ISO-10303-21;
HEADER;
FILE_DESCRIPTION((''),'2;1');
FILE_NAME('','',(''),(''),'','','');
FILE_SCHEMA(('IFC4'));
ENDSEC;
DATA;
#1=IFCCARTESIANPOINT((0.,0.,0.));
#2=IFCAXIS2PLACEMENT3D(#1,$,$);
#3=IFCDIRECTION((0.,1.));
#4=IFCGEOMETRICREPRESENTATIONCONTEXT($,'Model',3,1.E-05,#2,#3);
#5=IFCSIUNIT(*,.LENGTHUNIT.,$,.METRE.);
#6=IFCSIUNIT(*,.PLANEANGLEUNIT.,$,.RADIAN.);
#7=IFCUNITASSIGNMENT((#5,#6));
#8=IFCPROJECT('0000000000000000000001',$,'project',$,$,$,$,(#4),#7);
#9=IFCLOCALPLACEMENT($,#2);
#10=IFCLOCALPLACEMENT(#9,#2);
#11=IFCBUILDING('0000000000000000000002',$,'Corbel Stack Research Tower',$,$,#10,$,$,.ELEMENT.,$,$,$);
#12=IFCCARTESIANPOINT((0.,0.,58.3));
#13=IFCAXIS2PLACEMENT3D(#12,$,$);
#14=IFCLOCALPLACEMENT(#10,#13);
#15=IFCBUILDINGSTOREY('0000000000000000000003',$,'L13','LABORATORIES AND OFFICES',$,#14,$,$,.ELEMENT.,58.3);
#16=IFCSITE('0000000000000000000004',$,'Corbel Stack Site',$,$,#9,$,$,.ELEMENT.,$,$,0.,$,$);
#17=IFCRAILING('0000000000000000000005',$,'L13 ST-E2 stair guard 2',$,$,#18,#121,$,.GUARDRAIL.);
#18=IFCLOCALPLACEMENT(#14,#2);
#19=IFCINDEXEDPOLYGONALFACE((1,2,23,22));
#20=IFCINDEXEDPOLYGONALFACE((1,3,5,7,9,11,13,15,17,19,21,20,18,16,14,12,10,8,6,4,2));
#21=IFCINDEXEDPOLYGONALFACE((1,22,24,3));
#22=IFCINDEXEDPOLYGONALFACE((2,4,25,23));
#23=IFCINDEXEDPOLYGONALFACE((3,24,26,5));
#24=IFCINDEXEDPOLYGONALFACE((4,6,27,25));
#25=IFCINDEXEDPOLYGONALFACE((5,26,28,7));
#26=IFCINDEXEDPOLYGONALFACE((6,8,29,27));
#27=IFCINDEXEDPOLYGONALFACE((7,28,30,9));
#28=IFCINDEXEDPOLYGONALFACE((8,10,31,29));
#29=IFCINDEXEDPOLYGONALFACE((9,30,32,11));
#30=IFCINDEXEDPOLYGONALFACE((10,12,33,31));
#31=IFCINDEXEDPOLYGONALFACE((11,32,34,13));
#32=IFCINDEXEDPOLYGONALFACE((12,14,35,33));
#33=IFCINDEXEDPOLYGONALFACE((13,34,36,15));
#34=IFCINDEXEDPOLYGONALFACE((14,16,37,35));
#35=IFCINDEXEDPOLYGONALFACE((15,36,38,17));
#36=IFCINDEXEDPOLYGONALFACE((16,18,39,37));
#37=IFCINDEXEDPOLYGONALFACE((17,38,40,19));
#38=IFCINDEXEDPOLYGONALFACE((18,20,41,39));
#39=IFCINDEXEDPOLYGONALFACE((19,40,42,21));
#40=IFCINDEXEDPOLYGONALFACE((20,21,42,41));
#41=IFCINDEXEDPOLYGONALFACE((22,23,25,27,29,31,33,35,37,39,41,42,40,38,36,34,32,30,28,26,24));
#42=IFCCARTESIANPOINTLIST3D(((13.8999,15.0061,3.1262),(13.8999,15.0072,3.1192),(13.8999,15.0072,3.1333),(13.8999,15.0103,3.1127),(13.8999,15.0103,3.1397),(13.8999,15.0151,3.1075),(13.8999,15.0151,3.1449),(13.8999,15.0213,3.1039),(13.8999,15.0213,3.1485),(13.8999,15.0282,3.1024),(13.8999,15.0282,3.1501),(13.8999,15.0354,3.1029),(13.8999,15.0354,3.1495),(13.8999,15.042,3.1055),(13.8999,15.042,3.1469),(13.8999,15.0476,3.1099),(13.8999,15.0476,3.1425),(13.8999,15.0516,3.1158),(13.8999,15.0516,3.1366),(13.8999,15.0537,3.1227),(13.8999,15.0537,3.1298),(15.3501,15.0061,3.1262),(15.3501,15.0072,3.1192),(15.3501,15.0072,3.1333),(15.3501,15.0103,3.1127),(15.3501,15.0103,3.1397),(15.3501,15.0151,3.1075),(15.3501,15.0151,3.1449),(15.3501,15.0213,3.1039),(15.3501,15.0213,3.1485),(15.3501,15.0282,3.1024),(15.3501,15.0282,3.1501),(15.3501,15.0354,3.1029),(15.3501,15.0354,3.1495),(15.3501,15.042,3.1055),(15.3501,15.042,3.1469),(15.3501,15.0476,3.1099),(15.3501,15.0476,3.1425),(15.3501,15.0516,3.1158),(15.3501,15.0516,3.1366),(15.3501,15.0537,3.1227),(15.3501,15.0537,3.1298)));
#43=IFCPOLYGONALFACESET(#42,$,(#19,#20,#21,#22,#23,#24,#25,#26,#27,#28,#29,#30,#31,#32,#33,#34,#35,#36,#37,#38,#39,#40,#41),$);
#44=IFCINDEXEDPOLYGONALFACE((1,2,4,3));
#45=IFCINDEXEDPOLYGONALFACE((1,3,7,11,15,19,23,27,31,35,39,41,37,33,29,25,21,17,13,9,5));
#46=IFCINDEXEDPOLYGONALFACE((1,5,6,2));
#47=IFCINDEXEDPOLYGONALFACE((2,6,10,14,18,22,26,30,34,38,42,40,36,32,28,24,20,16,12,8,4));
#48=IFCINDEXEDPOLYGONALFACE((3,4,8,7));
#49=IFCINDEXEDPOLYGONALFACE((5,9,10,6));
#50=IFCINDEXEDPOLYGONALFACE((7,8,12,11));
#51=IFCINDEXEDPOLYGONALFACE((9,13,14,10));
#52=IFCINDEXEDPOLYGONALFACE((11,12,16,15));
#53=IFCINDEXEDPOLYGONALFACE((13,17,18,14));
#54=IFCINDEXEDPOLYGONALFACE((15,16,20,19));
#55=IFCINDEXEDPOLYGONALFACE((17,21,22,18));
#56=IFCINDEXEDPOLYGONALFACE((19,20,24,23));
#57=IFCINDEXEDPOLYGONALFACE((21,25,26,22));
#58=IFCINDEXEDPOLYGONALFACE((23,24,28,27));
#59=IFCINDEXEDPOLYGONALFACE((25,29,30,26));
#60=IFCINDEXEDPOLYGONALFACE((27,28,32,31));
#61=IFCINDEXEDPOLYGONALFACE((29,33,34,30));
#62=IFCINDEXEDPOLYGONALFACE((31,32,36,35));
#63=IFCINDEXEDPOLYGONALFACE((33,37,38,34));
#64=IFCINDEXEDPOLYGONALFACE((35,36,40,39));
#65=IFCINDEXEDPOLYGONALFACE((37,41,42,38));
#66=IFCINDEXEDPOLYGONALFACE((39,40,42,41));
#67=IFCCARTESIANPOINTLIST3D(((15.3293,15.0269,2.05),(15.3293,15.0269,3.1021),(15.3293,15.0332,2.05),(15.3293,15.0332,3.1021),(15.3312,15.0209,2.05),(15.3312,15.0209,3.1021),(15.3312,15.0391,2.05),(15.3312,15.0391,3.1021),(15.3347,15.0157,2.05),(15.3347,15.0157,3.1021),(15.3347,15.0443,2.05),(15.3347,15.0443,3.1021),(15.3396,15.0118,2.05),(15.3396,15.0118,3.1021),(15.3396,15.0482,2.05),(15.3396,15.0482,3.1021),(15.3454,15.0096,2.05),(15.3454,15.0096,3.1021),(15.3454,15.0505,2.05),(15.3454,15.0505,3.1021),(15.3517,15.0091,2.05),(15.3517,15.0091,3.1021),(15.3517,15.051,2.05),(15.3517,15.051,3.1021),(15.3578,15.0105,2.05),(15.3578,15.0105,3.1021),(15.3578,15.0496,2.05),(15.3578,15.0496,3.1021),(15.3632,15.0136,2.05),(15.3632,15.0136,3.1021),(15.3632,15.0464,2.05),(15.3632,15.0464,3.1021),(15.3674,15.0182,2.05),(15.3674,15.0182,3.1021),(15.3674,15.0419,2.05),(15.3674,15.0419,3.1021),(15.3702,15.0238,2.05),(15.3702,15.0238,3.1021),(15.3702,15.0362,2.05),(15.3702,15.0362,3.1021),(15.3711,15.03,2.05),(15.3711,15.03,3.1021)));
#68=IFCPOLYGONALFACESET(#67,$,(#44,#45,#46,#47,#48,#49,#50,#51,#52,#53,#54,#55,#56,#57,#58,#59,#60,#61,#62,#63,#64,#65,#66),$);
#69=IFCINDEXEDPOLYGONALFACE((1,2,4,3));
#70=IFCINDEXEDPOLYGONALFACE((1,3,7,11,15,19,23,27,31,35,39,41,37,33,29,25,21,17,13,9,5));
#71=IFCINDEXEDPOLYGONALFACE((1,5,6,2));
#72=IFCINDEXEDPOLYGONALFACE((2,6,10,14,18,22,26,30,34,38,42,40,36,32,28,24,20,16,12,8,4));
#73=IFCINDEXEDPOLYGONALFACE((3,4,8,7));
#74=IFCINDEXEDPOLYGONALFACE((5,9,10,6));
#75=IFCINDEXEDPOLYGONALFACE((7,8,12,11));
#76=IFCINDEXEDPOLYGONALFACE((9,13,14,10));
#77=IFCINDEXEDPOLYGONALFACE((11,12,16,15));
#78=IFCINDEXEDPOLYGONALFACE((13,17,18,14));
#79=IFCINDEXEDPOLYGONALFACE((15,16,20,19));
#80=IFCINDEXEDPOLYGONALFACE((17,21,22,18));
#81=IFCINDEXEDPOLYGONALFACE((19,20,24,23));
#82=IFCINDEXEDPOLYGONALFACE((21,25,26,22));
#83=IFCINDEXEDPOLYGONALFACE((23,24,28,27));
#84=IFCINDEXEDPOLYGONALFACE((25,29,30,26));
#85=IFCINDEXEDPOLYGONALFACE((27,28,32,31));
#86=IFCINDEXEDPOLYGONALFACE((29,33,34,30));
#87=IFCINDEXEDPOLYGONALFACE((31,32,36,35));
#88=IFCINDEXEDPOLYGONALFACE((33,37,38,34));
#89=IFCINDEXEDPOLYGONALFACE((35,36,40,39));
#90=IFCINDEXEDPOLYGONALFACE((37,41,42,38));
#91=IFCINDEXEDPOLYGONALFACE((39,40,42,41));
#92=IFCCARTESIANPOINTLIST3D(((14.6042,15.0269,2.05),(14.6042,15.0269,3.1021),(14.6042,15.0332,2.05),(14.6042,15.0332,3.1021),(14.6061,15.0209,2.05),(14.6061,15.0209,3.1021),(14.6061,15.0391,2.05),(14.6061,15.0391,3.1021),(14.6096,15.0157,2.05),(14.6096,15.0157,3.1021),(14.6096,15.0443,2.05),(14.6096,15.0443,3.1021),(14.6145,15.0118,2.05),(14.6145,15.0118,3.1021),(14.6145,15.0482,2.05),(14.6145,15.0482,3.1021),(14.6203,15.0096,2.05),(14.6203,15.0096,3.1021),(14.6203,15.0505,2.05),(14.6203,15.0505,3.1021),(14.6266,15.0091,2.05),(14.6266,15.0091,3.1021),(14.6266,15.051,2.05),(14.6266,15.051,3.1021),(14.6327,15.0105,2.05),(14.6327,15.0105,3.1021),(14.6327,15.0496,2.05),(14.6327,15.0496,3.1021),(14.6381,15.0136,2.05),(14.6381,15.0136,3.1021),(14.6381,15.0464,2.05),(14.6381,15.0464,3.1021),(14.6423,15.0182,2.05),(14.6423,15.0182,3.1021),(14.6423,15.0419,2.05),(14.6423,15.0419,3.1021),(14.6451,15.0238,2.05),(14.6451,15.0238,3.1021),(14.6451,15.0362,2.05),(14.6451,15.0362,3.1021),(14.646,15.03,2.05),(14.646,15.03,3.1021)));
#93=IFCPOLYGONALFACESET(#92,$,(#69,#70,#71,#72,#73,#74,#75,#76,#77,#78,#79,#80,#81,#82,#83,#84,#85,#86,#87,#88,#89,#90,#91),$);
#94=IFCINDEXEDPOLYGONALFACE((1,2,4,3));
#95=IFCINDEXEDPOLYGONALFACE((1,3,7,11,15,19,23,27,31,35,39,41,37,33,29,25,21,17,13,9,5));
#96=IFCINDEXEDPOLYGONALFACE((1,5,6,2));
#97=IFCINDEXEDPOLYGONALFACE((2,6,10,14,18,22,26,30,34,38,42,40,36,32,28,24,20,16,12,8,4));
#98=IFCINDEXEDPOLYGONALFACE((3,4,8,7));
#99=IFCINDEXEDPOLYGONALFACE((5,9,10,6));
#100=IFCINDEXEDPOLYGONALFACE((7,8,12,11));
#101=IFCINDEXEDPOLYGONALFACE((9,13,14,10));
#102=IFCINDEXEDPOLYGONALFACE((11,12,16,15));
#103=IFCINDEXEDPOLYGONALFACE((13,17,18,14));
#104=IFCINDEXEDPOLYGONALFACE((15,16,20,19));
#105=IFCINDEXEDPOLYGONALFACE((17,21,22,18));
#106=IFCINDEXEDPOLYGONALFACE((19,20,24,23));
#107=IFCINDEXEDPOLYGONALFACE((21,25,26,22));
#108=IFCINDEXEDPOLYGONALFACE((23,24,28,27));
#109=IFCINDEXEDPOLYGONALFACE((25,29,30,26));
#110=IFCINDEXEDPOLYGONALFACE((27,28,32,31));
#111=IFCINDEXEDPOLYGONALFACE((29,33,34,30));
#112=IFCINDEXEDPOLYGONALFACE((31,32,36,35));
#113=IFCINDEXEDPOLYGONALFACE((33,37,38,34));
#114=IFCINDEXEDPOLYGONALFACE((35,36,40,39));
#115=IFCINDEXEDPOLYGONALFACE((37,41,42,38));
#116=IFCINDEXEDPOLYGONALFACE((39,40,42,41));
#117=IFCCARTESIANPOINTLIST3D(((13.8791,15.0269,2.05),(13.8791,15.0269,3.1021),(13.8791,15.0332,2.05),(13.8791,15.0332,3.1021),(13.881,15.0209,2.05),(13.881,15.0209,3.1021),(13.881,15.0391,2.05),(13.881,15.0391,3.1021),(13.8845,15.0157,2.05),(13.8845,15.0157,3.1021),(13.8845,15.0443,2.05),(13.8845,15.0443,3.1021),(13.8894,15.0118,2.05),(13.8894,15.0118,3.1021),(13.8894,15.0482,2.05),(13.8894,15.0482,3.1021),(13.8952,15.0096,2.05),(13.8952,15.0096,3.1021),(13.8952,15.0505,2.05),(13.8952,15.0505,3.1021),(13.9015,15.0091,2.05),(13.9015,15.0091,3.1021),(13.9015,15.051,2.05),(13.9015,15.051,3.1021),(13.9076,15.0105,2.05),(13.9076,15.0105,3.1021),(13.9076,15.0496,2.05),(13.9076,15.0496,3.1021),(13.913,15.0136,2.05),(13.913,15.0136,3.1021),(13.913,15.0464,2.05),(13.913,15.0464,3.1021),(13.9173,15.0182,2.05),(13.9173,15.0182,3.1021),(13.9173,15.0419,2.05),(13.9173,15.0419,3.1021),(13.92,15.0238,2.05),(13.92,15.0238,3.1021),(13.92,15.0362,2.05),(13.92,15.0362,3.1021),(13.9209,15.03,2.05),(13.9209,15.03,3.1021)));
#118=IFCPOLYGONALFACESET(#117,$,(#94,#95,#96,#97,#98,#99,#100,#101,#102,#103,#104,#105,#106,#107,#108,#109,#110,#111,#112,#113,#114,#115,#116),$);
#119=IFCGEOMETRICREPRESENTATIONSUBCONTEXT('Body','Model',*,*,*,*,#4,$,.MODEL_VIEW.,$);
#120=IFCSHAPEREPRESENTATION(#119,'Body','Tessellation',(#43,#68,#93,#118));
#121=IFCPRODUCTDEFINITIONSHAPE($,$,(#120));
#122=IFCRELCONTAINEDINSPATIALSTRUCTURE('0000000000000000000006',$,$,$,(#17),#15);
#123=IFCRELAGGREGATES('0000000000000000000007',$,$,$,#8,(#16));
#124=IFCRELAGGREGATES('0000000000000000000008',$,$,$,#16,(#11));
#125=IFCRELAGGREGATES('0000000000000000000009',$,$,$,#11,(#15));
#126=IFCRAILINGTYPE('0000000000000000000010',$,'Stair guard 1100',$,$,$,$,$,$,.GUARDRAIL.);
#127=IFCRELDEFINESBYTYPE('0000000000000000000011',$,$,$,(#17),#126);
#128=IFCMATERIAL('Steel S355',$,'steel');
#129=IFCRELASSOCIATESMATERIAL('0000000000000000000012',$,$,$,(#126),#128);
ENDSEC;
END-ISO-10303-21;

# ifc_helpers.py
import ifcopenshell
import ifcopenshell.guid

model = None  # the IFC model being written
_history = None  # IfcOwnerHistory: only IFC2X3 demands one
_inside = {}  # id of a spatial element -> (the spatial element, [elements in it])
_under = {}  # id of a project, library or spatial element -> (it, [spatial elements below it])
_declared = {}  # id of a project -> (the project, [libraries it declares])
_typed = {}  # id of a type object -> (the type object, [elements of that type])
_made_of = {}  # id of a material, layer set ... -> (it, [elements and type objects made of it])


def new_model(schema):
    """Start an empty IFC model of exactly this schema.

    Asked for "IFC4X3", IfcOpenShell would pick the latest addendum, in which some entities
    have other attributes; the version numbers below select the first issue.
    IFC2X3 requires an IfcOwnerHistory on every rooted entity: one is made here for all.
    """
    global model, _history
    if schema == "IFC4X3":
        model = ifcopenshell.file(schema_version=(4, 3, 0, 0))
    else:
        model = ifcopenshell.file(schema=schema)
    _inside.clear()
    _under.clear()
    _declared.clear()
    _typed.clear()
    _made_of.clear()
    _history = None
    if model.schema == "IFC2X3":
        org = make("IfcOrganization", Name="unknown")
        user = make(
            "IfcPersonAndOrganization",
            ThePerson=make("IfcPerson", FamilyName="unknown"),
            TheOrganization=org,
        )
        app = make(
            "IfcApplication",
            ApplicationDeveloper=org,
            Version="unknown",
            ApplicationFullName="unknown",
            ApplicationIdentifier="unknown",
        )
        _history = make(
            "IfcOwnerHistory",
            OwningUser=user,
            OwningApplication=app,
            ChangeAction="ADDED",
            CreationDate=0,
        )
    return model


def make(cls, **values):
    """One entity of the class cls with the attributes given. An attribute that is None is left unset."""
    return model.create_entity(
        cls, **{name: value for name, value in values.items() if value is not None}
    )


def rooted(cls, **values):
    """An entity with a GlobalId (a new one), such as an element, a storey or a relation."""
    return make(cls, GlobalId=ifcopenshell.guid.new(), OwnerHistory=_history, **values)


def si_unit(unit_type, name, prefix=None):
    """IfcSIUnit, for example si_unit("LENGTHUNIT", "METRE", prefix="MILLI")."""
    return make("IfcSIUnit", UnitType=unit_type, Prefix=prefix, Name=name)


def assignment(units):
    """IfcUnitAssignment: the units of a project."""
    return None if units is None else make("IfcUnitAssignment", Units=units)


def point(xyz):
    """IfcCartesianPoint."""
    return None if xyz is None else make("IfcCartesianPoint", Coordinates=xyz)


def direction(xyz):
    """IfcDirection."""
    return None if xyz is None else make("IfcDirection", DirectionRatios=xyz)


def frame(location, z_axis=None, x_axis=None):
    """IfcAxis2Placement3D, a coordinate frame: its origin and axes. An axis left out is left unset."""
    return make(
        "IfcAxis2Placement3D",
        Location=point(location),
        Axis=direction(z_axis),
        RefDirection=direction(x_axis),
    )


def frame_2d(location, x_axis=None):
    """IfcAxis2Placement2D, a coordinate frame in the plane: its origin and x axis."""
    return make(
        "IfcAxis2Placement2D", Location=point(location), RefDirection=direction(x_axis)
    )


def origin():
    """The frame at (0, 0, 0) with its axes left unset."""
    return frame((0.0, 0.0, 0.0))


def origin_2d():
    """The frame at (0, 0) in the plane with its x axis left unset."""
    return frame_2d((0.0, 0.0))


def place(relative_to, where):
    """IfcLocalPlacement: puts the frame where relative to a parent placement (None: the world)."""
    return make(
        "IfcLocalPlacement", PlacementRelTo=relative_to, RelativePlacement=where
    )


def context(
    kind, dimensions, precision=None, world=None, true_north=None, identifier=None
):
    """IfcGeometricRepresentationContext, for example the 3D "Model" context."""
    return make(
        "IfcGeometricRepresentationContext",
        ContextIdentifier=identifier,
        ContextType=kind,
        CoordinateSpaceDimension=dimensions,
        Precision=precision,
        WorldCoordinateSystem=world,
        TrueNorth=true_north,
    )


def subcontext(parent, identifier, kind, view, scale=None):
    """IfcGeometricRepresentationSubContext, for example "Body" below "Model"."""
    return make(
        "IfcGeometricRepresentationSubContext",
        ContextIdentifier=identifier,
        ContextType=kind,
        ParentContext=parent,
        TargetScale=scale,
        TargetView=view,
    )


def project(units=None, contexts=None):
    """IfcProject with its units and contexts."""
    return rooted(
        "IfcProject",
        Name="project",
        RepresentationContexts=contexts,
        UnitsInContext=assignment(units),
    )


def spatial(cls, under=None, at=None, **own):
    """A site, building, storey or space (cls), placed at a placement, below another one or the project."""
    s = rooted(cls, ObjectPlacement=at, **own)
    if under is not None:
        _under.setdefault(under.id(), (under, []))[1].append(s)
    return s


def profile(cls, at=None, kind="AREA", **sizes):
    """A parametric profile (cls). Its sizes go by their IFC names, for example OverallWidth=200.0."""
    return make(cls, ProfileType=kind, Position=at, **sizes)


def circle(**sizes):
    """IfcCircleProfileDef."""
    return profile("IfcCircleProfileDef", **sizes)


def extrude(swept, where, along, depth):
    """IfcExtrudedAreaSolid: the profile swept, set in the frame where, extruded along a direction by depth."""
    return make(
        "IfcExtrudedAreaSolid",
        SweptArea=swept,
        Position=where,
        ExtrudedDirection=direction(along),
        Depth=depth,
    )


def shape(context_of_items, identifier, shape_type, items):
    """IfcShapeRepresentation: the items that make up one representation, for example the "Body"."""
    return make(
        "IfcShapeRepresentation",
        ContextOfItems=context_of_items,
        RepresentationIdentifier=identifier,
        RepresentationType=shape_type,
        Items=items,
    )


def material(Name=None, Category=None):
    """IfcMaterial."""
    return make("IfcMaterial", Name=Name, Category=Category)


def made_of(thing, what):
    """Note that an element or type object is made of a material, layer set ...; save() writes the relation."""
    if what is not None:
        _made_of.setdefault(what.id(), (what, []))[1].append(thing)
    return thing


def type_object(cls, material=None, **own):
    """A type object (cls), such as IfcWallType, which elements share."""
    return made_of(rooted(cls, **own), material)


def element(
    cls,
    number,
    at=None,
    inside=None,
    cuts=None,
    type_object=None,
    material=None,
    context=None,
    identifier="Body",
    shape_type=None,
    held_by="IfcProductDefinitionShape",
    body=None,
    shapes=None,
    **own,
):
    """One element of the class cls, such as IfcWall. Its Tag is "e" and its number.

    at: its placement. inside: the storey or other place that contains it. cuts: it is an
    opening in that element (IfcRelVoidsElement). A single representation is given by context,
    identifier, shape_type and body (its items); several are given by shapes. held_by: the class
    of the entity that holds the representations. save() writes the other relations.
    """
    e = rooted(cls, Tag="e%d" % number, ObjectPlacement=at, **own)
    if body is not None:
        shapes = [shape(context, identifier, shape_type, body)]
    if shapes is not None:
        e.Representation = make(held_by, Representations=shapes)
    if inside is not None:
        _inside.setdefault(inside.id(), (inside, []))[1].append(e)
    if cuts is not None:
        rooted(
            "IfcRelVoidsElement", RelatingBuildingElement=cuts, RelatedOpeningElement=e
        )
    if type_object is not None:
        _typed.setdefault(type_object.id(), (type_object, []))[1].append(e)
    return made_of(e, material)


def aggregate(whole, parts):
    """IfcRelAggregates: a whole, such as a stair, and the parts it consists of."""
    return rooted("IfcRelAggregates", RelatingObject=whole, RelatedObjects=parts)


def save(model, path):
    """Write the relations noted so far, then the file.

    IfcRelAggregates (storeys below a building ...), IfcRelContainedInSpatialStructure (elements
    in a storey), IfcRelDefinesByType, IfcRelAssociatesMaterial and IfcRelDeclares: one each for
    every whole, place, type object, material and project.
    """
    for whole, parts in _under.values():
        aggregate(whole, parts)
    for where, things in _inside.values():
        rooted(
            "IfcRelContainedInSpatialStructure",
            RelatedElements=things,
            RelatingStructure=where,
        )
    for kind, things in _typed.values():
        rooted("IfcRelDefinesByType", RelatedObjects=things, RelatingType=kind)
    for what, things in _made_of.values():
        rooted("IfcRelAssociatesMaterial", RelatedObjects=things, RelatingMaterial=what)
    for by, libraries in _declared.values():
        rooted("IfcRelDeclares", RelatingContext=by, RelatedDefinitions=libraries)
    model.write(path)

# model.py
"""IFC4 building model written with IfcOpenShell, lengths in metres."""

from ifc_helpers import new_model, si_unit, direction, frame, origin, origin_2d, place, context, subcontext, project, spatial, circle, extrude, material, type_object, element, save


model = new_model("IFC4")

# Units and contexts
model_context = context("Model", 3, precision=1e-05, world=origin(), true_north=direction((0.0, 1.0)))
body_context = subcontext(model_context, "Body", "Model", "MODEL_VIEW")
ifc_project = project(units=[si_unit("LENGTHUNIT", "METRE"), si_unit("PLANEANGLEUNIT", "RADIAN")], contexts=[model_context])

# Site, building, storey
site_placement = place(None, origin())
site = spatial("IfcSite", under=ifc_project, at=site_placement, Name="Corbel Stack Site", CompositionType="ELEMENT", RefElevation=0.0)
building_placement = place(site_placement, origin())
building = spatial("IfcBuilding", under=site, at=building_placement, Name="Corbel Stack Research Tower", CompositionType="ELEMENT")
storey_placement = place(building_placement, frame((0.0, 0.0, 58.3)))
storey = spatial("IfcBuildingStorey", under=building, at=storey_placement, Name="L13", Description="LABORATORIES AND OFFICES", CompositionType="ELEMENT", Elevation=58.3)

# Railing
ifc_material_1 = material(Name="Steel S355", Category="steel")
railing_type_1 = type_object("IfcRailingType", Name="Stair guard 1100", PredefinedType="GUARDRAIL", material=ifc_material_1)
railing_1_placement = place(storey_placement, frame((15.3501, 15.03, 2.05)))
element("IfcRailing", 1, at=railing_1_placement, inside=storey, type_object=railing_type_1, Name="L13 ST-E2 stair guard 2", PredefinedType="GUARDRAIL", context=body_context, shape_type="SweptSolid", body=[
    extrude(circle(Radius=0.0239, at=origin_2d()), frame((0.0, 0.0, 1.0762), z_axis=(-1.0, 0.0, 0.0), x_axis=(0.0, -1.0, 0.0)), (0.0, 0.0, 1.0), 1.4502),
    extrude(circle(Radius=0.021, at=origin_2d()), origin(), (0.0, 0.0, 1.0), 1.052),
    extrude(circle(Radius=0.021, at=origin_2d()), frame((-0.7251, 0.0, 0.0)), (0.0, 0.0, 1.0), 1.052),
    extrude(circle(Radius=0.021, at=origin_2d()), frame((-1.4502, 0.0, 0.0)), (0.0, 0.0, 1.0), 1.052),
])

save(model, "model.ifc")
